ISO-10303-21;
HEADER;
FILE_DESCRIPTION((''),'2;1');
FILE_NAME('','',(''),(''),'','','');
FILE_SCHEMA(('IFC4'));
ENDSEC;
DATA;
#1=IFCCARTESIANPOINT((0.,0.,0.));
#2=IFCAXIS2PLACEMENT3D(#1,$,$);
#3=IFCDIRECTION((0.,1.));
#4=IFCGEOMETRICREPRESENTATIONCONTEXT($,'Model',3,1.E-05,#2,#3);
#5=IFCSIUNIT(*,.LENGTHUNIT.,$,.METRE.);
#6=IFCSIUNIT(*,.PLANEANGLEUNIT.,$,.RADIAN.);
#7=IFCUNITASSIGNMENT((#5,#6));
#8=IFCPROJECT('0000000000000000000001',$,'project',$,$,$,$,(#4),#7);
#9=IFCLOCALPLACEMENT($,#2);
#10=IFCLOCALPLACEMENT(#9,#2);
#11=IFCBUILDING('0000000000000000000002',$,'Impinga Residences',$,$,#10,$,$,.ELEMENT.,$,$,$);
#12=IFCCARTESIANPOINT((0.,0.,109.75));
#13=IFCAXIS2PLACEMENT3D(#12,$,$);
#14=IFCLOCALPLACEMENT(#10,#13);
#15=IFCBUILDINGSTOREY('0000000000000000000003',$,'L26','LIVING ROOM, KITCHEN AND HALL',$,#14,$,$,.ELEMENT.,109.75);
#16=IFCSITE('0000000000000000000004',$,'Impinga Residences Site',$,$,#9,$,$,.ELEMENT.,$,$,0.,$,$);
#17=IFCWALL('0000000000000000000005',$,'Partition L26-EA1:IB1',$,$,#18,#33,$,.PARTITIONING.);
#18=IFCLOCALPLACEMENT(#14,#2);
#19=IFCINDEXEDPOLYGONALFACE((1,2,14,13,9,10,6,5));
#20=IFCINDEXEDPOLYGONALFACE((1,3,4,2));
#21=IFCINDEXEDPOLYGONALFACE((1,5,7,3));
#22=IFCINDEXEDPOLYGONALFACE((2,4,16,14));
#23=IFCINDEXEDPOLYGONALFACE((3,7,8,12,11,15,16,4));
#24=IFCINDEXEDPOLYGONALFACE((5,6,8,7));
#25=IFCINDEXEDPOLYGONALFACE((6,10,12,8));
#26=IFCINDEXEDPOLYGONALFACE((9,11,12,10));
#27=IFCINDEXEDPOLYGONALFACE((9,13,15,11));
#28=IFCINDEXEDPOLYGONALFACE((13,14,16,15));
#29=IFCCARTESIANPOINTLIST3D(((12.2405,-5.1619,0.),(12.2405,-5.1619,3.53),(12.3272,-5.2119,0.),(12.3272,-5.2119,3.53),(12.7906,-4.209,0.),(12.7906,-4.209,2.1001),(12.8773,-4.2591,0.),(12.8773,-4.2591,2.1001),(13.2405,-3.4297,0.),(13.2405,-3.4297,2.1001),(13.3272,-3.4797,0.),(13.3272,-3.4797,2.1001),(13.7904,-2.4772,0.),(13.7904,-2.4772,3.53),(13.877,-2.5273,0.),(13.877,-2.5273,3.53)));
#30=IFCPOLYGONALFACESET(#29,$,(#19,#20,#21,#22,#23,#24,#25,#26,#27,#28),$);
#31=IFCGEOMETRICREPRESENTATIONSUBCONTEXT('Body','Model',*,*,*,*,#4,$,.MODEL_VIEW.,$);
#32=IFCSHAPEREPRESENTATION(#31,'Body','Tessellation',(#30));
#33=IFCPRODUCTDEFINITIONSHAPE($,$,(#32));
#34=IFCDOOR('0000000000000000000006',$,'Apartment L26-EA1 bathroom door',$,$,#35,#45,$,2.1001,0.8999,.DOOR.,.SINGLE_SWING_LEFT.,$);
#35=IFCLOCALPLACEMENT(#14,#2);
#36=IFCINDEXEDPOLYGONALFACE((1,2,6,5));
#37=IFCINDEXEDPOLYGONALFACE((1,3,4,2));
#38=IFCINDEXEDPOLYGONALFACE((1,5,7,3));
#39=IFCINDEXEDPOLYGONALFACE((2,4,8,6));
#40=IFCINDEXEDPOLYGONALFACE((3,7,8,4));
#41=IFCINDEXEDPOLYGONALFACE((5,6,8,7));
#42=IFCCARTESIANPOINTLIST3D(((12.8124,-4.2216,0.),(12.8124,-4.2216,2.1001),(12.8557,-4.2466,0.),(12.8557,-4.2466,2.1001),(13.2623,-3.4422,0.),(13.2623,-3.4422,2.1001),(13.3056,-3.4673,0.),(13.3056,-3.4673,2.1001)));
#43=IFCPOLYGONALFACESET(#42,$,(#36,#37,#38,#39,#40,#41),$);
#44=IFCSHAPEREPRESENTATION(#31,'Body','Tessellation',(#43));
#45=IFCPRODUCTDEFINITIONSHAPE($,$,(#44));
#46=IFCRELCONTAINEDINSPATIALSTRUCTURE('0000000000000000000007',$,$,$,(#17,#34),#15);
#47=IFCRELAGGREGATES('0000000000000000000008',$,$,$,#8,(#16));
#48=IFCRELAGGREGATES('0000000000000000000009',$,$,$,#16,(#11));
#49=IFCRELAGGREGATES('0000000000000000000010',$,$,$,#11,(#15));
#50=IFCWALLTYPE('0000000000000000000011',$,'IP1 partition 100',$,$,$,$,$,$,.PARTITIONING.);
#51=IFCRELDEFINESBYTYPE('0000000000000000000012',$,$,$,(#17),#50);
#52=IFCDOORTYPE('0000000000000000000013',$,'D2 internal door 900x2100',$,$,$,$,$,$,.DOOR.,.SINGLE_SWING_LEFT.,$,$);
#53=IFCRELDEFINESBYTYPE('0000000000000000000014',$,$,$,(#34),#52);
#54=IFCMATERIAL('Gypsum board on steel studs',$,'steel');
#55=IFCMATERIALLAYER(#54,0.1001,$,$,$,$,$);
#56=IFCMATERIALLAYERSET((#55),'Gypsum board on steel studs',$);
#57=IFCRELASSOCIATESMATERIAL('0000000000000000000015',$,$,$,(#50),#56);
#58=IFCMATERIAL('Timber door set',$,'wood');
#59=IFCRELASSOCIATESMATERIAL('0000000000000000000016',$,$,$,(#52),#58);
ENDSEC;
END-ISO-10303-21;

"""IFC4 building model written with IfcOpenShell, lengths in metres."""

from ifc_helpers import new_model, si_unit, direction, frame, frame_2d, origin, place, context, subcontext, project, spatial, rectangle, extrude, material, layer, layer_set, type_object, element, fill, save


model = new_model("IFC4")

# Units and contexts
model_context = context("Model", 3, precision=1e-05, world=origin(), true_north=direction((0.0, 1.0)))
body_context = subcontext(model_context, "Body", "Model", "MODEL_VIEW")
ifc_project = project(units=[si_unit("LENGTHUNIT", "METRE"), si_unit("PLANEANGLEUNIT", "RADIAN")], contexts=[model_context])

# Site, building, storey
site_placement = place(None, origin())
site = spatial("IfcSite", under=ifc_project, at=site_placement, Name="Impinga Residences Site", CompositionType="ELEMENT", RefElevation=0.0)
building_placement = place(site_placement, origin())
building = spatial("IfcBuilding", under=site, at=building_placement, Name="Impinga Residences", CompositionType="ELEMENT")
storey_placement = place(building_placement, frame((0.0, 0.0, 109.75)))
storey = spatial("IfcBuildingStorey", under=building, at=storey_placement, Name="L26", Description="LIVING ROOM, KITCHEN AND HALL", CompositionType="ELEMENT", Elevation=109.75)

# Shared definitions
ifc_material_1 = material(Name="Timber door set", Category="wood")

# Shared definitions
ifc_material_2 = material(Name="Gypsum board on steel studs", Category="steel")
ifc_layer_1 = layer(ifc_material_2, 0.1001)
ifc_layer_set_1 = layer_set([ifc_layer_1], Name="Gypsum board on steel studs")
wall_type_1 = type_object("IfcWallType", Name="IP1 partition 100", PredefinedType="PARTITIONING", material=ifc_layer_set_1)

# Shared definitions
door_type_1 = type_object("IfcDoorType", Name="D2 internal door 900x2100", OperationType="SINGLE_SWING_LEFT", PredefinedType="DOOR", material=ifc_material_1)

# Wall, opening, door
wall_1_placement = place(storey_placement, frame((12.2839, -5.1868, 0.0), z_axis=(0.0, 0.0, 1.0), x_axis=(0.499968, 0.866044, 0.0)))
wall_1 = element("IfcWall", 1, at=wall_1_placement, inside=storey, type_object=wall_type_1, Name="Partition L26-EA1:IB1", PredefinedType="PARTITIONING", context=body_context, shape_type="SweptSolid", body=[
    extrude(rectangle(XDim=3.0999, YDim=0.1001, at=frame_2d((1.5498, 0.0))), origin(), (0.0, 0.0, 1.0), 3.53),
])
opening_1_placement = place(wall_1_placement, frame((1.1001, 0.0, 0.0)))
opening_1 = element("IfcOpeningElement", 2, at=opening_1_placement, cuts=wall_1, PredefinedType="OPENING", context=body_context, shape_type="SweptSolid", body=[
    extrude(rectangle(XDim=0.8999, YDim=2.1001, at=frame_2d((0.45, 1.05))), frame((0.0, 0.0601, 0.0), z_axis=(0.0, -1.0, 0.0), x_axis=(1.0, 0.0, 0.0)), (0.0, 0.0, 1.0), 0.1201),
])
door_1_placement = place(opening_1_placement, origin())
door_1 = element("IfcDoor", 3, at=door_1_placement, inside=storey, type_object=door_type_1, Name="Apartment L26-EA1 bathroom door", OperationType="SINGLE_SWING_LEFT", OverallHeight=2.1001, OverallWidth=0.8999, PredefinedType="DOOR", context=body_context, shape_type="SweptSolid", body=[
    extrude(rectangle(XDim=0.8999, YDim=2.1001, at=frame_2d((0.45, 1.05))), frame((0.0, 0.0249, 0.0), z_axis=(0.0, -1.0, 0.0), x_axis=(1.0, 0.0, 0.0)), (0.0, 0.0, 1.0), 0.05),
])
fill(opening_1, door_1)

save(model, "model.ifc")
